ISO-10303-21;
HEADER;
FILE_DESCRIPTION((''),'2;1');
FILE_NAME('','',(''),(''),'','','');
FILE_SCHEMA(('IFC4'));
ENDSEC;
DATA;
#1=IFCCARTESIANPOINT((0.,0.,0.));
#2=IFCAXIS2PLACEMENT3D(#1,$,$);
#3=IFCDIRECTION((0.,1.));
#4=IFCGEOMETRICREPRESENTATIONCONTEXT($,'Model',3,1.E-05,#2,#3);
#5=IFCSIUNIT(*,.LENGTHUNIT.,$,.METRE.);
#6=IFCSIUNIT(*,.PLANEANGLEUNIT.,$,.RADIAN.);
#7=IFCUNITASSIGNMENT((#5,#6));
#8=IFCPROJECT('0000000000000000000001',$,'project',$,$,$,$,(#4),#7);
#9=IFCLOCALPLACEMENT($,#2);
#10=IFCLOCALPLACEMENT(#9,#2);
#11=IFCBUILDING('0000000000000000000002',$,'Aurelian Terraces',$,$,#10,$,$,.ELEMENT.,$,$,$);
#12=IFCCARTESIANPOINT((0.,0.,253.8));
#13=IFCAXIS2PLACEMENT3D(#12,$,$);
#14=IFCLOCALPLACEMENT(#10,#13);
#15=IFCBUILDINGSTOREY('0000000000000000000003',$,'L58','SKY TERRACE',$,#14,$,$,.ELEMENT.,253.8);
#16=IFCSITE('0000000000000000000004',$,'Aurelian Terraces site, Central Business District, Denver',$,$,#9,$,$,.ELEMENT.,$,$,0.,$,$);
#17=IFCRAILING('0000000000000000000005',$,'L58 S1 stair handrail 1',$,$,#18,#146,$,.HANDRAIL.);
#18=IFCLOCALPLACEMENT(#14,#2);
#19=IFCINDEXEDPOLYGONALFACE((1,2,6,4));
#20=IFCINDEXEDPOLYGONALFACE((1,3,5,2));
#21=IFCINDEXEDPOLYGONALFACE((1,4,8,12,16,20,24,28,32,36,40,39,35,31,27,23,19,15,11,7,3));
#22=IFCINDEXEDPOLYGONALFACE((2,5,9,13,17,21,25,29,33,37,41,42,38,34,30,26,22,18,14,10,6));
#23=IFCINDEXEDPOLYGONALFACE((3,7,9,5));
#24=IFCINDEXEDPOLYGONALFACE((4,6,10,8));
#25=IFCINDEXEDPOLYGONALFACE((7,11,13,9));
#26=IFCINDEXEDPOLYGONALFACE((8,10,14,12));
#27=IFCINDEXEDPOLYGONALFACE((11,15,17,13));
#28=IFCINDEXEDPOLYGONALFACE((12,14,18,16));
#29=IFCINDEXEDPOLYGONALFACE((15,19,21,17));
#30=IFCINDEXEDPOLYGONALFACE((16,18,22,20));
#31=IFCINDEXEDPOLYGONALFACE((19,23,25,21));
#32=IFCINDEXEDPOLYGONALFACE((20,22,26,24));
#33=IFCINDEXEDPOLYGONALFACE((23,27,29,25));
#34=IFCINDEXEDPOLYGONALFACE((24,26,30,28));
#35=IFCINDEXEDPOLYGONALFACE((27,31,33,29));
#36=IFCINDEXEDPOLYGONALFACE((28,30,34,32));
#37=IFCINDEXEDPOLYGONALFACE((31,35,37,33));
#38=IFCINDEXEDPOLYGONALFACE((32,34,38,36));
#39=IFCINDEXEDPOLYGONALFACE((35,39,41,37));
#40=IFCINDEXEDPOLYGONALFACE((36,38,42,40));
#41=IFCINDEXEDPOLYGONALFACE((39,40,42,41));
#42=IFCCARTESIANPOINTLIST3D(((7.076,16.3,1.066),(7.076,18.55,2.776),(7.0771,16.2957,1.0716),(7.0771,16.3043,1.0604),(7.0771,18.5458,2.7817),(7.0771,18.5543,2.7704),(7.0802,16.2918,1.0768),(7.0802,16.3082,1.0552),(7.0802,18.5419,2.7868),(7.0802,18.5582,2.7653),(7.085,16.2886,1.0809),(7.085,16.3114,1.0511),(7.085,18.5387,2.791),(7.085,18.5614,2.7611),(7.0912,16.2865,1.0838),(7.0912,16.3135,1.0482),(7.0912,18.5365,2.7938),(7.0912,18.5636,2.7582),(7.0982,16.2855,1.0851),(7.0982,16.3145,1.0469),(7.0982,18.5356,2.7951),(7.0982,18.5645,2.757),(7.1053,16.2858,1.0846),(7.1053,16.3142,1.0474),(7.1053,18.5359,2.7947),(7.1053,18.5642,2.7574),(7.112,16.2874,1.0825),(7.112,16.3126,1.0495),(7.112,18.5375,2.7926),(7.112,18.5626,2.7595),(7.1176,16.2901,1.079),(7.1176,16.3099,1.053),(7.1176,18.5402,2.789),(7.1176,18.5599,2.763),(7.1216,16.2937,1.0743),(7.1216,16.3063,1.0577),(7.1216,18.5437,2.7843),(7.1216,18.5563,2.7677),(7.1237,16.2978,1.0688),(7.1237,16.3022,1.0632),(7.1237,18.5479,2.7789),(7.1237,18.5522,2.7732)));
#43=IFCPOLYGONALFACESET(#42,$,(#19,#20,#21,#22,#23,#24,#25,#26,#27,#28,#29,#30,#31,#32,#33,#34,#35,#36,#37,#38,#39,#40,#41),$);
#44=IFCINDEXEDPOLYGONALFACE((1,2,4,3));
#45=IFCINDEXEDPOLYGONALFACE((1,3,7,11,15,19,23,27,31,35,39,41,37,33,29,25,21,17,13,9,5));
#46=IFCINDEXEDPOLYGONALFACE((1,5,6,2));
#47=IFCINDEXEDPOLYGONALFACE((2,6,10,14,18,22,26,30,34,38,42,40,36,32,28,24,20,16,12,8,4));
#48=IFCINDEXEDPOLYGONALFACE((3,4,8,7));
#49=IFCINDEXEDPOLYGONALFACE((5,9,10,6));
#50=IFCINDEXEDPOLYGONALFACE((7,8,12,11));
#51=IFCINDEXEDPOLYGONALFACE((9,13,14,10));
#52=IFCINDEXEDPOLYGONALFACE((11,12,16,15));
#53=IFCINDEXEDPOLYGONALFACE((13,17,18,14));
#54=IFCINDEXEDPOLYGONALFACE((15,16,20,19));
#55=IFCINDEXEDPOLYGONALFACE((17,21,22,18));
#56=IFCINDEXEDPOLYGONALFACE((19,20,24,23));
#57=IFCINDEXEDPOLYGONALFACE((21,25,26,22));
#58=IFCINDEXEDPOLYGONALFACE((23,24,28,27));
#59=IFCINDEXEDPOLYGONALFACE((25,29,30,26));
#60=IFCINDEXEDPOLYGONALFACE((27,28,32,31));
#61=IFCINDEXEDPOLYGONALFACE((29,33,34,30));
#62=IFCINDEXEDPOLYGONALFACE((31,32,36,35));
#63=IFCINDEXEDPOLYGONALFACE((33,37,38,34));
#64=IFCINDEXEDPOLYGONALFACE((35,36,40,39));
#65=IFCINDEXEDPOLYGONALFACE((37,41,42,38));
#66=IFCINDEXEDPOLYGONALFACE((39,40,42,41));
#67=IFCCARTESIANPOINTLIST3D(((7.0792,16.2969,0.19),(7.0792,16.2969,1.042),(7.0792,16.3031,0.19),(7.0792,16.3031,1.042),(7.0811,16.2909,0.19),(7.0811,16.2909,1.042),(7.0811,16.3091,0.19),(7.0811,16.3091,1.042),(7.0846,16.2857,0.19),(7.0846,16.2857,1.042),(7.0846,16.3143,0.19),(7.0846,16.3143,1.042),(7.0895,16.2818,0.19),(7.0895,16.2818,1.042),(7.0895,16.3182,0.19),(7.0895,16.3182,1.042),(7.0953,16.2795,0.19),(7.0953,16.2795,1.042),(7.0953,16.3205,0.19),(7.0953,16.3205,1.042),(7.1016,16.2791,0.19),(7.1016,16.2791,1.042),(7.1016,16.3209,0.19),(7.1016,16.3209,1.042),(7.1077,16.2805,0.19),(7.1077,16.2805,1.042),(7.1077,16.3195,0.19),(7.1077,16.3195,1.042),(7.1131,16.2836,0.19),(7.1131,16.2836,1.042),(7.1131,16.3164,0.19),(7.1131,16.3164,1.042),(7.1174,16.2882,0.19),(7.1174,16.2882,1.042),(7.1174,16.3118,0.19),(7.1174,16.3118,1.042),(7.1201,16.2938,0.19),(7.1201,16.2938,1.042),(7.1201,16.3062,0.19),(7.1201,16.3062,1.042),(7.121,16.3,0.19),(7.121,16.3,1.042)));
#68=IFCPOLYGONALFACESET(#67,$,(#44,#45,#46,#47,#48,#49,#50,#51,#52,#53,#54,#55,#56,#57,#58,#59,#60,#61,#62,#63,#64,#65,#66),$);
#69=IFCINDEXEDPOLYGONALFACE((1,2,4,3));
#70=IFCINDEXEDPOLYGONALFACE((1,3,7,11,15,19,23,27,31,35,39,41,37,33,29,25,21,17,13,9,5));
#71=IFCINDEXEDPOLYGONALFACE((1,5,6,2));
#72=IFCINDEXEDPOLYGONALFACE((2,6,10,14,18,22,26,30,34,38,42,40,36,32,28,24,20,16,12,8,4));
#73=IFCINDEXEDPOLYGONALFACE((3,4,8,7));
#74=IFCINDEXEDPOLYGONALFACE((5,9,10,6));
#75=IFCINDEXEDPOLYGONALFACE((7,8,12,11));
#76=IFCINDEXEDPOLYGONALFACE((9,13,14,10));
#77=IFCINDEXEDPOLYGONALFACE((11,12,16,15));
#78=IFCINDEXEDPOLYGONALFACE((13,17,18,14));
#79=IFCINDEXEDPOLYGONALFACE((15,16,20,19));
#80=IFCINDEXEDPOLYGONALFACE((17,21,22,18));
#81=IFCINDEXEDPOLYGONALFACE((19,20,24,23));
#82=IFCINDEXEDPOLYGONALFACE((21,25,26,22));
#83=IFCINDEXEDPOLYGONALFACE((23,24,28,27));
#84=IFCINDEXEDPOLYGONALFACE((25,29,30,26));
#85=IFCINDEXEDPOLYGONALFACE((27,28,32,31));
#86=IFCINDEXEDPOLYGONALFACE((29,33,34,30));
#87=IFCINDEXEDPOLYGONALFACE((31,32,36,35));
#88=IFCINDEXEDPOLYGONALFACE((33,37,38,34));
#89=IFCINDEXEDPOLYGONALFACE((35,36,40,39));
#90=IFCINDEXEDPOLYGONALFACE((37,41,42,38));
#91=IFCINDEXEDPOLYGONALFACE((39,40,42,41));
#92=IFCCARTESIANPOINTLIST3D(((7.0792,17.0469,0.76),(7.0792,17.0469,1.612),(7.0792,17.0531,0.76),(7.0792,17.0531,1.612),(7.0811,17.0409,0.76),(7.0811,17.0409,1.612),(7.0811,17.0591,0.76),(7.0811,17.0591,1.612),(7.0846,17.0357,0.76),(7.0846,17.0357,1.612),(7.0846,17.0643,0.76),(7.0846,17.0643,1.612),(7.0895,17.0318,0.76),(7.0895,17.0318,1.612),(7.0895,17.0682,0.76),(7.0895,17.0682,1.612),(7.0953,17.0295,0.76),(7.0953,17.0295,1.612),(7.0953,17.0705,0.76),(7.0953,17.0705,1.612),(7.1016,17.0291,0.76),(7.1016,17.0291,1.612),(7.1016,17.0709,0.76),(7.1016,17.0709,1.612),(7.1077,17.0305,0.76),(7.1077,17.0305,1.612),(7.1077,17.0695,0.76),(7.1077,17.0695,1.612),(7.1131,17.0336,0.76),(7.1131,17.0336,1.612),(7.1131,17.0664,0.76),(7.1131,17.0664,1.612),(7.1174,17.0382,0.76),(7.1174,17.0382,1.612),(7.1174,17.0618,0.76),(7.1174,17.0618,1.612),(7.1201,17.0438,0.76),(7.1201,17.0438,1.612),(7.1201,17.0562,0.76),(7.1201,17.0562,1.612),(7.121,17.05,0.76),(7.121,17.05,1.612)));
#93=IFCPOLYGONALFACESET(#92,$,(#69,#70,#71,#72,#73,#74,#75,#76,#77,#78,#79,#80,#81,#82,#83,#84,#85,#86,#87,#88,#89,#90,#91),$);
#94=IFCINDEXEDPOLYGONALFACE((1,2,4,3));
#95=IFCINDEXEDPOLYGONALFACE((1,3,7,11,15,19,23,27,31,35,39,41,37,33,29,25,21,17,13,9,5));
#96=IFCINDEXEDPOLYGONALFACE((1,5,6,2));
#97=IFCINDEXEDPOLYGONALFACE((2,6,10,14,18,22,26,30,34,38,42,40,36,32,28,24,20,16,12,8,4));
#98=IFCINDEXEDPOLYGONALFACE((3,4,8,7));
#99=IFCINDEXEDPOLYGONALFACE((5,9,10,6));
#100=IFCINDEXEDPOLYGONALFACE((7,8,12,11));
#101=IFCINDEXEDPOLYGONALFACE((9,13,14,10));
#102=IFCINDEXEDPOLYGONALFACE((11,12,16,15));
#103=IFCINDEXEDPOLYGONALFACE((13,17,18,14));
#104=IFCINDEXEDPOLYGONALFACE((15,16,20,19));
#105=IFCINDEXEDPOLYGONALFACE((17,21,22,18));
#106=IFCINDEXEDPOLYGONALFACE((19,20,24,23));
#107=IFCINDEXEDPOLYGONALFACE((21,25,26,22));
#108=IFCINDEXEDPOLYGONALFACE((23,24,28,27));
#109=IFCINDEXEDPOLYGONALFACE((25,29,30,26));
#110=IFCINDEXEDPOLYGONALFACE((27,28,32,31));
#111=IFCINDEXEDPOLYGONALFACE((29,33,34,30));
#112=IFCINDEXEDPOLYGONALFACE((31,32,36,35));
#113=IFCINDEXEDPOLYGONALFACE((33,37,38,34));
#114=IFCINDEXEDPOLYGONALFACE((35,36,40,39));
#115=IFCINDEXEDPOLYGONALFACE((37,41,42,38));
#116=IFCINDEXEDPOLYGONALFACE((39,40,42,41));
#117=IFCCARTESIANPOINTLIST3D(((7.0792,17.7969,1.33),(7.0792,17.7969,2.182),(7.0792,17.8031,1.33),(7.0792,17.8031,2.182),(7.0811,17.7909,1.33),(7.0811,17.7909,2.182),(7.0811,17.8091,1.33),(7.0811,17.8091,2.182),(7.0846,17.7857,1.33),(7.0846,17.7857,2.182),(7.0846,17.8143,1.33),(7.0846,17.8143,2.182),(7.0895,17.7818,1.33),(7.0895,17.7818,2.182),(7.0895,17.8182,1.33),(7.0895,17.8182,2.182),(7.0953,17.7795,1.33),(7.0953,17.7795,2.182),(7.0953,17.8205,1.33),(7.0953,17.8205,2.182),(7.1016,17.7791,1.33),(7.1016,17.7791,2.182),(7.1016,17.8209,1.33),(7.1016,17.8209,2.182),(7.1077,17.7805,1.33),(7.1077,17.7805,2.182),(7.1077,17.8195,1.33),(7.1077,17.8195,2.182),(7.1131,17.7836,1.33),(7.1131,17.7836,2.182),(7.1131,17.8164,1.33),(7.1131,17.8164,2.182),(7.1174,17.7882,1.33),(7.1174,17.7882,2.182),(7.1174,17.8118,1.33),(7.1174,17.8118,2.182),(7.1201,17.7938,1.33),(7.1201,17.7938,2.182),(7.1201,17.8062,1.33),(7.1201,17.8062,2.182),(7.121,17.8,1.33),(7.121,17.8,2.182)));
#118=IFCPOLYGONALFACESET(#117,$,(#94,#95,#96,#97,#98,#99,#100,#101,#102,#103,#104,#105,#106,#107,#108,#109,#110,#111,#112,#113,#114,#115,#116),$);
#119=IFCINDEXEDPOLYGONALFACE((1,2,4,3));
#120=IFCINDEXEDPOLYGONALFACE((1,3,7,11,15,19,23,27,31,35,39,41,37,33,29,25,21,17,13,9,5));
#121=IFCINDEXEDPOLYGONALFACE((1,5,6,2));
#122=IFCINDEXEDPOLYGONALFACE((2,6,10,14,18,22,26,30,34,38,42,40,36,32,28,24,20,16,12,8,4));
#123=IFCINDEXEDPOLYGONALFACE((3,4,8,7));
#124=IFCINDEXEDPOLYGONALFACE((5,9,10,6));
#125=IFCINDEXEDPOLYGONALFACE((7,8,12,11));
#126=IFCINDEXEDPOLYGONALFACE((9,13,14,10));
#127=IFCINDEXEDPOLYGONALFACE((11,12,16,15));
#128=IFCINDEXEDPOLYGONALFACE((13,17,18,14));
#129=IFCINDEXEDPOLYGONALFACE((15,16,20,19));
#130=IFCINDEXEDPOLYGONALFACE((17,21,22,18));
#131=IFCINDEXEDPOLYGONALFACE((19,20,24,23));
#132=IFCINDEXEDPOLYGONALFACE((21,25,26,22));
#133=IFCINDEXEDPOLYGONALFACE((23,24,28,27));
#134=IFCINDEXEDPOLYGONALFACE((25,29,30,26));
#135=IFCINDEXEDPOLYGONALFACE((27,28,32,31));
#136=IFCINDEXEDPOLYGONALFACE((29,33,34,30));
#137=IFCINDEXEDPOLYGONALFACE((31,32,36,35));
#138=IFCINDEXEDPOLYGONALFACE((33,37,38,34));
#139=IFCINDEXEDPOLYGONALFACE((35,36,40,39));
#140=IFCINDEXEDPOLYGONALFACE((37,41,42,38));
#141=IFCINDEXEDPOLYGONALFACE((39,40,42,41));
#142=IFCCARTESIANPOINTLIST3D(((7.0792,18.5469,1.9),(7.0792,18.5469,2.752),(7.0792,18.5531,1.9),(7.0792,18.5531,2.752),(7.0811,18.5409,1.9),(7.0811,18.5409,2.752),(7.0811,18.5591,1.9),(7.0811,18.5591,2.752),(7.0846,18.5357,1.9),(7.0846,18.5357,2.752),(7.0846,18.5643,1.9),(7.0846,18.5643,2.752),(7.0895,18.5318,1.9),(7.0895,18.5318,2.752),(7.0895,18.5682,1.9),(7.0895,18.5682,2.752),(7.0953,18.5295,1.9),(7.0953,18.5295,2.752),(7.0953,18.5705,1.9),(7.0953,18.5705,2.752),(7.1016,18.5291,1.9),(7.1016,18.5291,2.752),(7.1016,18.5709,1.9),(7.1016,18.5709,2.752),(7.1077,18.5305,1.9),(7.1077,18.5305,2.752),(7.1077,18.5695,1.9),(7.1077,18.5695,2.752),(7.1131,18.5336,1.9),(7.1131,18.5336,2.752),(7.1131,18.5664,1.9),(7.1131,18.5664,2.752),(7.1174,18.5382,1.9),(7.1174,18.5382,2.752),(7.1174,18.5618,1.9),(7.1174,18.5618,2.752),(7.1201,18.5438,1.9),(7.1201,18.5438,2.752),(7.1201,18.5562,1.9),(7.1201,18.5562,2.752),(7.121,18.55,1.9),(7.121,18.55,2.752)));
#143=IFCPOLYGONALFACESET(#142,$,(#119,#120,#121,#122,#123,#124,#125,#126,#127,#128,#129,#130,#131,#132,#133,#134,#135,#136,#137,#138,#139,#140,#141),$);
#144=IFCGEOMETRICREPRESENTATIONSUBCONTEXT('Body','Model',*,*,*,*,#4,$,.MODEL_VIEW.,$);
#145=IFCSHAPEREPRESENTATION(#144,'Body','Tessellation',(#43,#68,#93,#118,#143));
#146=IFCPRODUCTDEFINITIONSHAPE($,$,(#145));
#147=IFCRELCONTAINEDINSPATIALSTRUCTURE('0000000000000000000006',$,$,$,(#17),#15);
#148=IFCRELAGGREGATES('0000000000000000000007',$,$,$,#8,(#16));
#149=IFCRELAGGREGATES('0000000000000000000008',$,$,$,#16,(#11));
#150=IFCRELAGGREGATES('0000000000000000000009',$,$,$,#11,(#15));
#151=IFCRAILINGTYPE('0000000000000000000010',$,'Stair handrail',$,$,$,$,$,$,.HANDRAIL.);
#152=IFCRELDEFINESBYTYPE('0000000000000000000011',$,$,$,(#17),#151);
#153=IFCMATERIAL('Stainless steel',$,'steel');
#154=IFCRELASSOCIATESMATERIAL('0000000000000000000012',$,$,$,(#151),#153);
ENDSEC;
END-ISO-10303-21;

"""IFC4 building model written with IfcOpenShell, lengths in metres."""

from ifc_helpers import new_model, si_unit, direction, frame, origin, origin_2d, place, context, subcontext, project, spatial, circle, extrude, source, transform, mapped, material, type_object, element, save


model = new_model("IFC4")

# Units and contexts
model_context = context("Model", 3, precision=1e-05, world=origin(), true_north=direction((0.0, 1.0)))
body_context = subcontext(model_context, "Body", "Model", "MODEL_VIEW")
ifc_project = project(units=[si_unit("LENGTHUNIT", "METRE"), si_unit("PLANEANGLEUNIT", "RADIAN")], contexts=[model_context])

# Site, building, storey
site_placement = place(None, origin())
site = spatial("IfcSite", under=ifc_project, at=site_placement, Name="Aurelian Terraces site, Central Business District, Denver", CompositionType="ELEMENT", RefElevation=0.0)
building_placement = place(site_placement, origin())
building = spatial("IfcBuilding", under=site, at=building_placement, Name="Aurelian Terraces", CompositionType="ELEMENT")
storey_placement = place(building_placement, frame((0.0, 0.0, 253.8)))
storey = spatial("IfcBuildingStorey", under=building, at=storey_placement, Name="L58", Description="SKY TERRACE", CompositionType="ELEMENT", Elevation=253.8)

# Shared definitions
ifc_material_1 = material(Name="Stainless steel", Category="steel")

# Railing
railing_type_1 = type_object("IfcRailingType", Name="Stair handrail", PredefinedType="HANDRAIL", material=ifc_material_1)
shared_shape_1 = source(origin(), body_context, "Body", "SweptSolid", [
    extrude(circle(Radius=0.024, at=origin_2d()), frame((0.0, 0.0, 0.876), z_axis=(0.0, 0.796162, 0.605083), x_axis=(-1.0, 0.0, 0.0)), (0.0, 0.0, 1.0), 2.8261),
    extrude(circle(Radius=0.021, at=origin_2d()), origin(), (0.0, 0.0, 1.0), 0.852),
    extrude(circle(Radius=0.021, at=origin_2d()), frame((0.0, 0.75, 0.57)), (0.0, 0.0, 1.0), 0.852),
    extrude(circle(Radius=0.021, at=origin_2d()), frame((0.0, 1.5, 1.14)), (0.0, 0.0, 1.0), 0.852),
    extrude(circle(Radius=0.021, at=origin_2d()), frame((0.0, 2.25, 1.71)), (0.0, 0.0, 1.0), 0.852),
])
railing_1_placement = place(storey_placement, frame((7.1, 16.3, 0.19)))
element("IfcRailing", 1, at=railing_1_placement, inside=storey, type_object=railing_type_1, Name="L58 S1 stair handrail 1", PredefinedType="HANDRAIL", context=body_context, shape_type="MappedRepresentation", body=[
    mapped(shared_shape_1, transform((0.0, 0.0, 0.0), scale=1.0)),
])

save(model, "model.ifc")
